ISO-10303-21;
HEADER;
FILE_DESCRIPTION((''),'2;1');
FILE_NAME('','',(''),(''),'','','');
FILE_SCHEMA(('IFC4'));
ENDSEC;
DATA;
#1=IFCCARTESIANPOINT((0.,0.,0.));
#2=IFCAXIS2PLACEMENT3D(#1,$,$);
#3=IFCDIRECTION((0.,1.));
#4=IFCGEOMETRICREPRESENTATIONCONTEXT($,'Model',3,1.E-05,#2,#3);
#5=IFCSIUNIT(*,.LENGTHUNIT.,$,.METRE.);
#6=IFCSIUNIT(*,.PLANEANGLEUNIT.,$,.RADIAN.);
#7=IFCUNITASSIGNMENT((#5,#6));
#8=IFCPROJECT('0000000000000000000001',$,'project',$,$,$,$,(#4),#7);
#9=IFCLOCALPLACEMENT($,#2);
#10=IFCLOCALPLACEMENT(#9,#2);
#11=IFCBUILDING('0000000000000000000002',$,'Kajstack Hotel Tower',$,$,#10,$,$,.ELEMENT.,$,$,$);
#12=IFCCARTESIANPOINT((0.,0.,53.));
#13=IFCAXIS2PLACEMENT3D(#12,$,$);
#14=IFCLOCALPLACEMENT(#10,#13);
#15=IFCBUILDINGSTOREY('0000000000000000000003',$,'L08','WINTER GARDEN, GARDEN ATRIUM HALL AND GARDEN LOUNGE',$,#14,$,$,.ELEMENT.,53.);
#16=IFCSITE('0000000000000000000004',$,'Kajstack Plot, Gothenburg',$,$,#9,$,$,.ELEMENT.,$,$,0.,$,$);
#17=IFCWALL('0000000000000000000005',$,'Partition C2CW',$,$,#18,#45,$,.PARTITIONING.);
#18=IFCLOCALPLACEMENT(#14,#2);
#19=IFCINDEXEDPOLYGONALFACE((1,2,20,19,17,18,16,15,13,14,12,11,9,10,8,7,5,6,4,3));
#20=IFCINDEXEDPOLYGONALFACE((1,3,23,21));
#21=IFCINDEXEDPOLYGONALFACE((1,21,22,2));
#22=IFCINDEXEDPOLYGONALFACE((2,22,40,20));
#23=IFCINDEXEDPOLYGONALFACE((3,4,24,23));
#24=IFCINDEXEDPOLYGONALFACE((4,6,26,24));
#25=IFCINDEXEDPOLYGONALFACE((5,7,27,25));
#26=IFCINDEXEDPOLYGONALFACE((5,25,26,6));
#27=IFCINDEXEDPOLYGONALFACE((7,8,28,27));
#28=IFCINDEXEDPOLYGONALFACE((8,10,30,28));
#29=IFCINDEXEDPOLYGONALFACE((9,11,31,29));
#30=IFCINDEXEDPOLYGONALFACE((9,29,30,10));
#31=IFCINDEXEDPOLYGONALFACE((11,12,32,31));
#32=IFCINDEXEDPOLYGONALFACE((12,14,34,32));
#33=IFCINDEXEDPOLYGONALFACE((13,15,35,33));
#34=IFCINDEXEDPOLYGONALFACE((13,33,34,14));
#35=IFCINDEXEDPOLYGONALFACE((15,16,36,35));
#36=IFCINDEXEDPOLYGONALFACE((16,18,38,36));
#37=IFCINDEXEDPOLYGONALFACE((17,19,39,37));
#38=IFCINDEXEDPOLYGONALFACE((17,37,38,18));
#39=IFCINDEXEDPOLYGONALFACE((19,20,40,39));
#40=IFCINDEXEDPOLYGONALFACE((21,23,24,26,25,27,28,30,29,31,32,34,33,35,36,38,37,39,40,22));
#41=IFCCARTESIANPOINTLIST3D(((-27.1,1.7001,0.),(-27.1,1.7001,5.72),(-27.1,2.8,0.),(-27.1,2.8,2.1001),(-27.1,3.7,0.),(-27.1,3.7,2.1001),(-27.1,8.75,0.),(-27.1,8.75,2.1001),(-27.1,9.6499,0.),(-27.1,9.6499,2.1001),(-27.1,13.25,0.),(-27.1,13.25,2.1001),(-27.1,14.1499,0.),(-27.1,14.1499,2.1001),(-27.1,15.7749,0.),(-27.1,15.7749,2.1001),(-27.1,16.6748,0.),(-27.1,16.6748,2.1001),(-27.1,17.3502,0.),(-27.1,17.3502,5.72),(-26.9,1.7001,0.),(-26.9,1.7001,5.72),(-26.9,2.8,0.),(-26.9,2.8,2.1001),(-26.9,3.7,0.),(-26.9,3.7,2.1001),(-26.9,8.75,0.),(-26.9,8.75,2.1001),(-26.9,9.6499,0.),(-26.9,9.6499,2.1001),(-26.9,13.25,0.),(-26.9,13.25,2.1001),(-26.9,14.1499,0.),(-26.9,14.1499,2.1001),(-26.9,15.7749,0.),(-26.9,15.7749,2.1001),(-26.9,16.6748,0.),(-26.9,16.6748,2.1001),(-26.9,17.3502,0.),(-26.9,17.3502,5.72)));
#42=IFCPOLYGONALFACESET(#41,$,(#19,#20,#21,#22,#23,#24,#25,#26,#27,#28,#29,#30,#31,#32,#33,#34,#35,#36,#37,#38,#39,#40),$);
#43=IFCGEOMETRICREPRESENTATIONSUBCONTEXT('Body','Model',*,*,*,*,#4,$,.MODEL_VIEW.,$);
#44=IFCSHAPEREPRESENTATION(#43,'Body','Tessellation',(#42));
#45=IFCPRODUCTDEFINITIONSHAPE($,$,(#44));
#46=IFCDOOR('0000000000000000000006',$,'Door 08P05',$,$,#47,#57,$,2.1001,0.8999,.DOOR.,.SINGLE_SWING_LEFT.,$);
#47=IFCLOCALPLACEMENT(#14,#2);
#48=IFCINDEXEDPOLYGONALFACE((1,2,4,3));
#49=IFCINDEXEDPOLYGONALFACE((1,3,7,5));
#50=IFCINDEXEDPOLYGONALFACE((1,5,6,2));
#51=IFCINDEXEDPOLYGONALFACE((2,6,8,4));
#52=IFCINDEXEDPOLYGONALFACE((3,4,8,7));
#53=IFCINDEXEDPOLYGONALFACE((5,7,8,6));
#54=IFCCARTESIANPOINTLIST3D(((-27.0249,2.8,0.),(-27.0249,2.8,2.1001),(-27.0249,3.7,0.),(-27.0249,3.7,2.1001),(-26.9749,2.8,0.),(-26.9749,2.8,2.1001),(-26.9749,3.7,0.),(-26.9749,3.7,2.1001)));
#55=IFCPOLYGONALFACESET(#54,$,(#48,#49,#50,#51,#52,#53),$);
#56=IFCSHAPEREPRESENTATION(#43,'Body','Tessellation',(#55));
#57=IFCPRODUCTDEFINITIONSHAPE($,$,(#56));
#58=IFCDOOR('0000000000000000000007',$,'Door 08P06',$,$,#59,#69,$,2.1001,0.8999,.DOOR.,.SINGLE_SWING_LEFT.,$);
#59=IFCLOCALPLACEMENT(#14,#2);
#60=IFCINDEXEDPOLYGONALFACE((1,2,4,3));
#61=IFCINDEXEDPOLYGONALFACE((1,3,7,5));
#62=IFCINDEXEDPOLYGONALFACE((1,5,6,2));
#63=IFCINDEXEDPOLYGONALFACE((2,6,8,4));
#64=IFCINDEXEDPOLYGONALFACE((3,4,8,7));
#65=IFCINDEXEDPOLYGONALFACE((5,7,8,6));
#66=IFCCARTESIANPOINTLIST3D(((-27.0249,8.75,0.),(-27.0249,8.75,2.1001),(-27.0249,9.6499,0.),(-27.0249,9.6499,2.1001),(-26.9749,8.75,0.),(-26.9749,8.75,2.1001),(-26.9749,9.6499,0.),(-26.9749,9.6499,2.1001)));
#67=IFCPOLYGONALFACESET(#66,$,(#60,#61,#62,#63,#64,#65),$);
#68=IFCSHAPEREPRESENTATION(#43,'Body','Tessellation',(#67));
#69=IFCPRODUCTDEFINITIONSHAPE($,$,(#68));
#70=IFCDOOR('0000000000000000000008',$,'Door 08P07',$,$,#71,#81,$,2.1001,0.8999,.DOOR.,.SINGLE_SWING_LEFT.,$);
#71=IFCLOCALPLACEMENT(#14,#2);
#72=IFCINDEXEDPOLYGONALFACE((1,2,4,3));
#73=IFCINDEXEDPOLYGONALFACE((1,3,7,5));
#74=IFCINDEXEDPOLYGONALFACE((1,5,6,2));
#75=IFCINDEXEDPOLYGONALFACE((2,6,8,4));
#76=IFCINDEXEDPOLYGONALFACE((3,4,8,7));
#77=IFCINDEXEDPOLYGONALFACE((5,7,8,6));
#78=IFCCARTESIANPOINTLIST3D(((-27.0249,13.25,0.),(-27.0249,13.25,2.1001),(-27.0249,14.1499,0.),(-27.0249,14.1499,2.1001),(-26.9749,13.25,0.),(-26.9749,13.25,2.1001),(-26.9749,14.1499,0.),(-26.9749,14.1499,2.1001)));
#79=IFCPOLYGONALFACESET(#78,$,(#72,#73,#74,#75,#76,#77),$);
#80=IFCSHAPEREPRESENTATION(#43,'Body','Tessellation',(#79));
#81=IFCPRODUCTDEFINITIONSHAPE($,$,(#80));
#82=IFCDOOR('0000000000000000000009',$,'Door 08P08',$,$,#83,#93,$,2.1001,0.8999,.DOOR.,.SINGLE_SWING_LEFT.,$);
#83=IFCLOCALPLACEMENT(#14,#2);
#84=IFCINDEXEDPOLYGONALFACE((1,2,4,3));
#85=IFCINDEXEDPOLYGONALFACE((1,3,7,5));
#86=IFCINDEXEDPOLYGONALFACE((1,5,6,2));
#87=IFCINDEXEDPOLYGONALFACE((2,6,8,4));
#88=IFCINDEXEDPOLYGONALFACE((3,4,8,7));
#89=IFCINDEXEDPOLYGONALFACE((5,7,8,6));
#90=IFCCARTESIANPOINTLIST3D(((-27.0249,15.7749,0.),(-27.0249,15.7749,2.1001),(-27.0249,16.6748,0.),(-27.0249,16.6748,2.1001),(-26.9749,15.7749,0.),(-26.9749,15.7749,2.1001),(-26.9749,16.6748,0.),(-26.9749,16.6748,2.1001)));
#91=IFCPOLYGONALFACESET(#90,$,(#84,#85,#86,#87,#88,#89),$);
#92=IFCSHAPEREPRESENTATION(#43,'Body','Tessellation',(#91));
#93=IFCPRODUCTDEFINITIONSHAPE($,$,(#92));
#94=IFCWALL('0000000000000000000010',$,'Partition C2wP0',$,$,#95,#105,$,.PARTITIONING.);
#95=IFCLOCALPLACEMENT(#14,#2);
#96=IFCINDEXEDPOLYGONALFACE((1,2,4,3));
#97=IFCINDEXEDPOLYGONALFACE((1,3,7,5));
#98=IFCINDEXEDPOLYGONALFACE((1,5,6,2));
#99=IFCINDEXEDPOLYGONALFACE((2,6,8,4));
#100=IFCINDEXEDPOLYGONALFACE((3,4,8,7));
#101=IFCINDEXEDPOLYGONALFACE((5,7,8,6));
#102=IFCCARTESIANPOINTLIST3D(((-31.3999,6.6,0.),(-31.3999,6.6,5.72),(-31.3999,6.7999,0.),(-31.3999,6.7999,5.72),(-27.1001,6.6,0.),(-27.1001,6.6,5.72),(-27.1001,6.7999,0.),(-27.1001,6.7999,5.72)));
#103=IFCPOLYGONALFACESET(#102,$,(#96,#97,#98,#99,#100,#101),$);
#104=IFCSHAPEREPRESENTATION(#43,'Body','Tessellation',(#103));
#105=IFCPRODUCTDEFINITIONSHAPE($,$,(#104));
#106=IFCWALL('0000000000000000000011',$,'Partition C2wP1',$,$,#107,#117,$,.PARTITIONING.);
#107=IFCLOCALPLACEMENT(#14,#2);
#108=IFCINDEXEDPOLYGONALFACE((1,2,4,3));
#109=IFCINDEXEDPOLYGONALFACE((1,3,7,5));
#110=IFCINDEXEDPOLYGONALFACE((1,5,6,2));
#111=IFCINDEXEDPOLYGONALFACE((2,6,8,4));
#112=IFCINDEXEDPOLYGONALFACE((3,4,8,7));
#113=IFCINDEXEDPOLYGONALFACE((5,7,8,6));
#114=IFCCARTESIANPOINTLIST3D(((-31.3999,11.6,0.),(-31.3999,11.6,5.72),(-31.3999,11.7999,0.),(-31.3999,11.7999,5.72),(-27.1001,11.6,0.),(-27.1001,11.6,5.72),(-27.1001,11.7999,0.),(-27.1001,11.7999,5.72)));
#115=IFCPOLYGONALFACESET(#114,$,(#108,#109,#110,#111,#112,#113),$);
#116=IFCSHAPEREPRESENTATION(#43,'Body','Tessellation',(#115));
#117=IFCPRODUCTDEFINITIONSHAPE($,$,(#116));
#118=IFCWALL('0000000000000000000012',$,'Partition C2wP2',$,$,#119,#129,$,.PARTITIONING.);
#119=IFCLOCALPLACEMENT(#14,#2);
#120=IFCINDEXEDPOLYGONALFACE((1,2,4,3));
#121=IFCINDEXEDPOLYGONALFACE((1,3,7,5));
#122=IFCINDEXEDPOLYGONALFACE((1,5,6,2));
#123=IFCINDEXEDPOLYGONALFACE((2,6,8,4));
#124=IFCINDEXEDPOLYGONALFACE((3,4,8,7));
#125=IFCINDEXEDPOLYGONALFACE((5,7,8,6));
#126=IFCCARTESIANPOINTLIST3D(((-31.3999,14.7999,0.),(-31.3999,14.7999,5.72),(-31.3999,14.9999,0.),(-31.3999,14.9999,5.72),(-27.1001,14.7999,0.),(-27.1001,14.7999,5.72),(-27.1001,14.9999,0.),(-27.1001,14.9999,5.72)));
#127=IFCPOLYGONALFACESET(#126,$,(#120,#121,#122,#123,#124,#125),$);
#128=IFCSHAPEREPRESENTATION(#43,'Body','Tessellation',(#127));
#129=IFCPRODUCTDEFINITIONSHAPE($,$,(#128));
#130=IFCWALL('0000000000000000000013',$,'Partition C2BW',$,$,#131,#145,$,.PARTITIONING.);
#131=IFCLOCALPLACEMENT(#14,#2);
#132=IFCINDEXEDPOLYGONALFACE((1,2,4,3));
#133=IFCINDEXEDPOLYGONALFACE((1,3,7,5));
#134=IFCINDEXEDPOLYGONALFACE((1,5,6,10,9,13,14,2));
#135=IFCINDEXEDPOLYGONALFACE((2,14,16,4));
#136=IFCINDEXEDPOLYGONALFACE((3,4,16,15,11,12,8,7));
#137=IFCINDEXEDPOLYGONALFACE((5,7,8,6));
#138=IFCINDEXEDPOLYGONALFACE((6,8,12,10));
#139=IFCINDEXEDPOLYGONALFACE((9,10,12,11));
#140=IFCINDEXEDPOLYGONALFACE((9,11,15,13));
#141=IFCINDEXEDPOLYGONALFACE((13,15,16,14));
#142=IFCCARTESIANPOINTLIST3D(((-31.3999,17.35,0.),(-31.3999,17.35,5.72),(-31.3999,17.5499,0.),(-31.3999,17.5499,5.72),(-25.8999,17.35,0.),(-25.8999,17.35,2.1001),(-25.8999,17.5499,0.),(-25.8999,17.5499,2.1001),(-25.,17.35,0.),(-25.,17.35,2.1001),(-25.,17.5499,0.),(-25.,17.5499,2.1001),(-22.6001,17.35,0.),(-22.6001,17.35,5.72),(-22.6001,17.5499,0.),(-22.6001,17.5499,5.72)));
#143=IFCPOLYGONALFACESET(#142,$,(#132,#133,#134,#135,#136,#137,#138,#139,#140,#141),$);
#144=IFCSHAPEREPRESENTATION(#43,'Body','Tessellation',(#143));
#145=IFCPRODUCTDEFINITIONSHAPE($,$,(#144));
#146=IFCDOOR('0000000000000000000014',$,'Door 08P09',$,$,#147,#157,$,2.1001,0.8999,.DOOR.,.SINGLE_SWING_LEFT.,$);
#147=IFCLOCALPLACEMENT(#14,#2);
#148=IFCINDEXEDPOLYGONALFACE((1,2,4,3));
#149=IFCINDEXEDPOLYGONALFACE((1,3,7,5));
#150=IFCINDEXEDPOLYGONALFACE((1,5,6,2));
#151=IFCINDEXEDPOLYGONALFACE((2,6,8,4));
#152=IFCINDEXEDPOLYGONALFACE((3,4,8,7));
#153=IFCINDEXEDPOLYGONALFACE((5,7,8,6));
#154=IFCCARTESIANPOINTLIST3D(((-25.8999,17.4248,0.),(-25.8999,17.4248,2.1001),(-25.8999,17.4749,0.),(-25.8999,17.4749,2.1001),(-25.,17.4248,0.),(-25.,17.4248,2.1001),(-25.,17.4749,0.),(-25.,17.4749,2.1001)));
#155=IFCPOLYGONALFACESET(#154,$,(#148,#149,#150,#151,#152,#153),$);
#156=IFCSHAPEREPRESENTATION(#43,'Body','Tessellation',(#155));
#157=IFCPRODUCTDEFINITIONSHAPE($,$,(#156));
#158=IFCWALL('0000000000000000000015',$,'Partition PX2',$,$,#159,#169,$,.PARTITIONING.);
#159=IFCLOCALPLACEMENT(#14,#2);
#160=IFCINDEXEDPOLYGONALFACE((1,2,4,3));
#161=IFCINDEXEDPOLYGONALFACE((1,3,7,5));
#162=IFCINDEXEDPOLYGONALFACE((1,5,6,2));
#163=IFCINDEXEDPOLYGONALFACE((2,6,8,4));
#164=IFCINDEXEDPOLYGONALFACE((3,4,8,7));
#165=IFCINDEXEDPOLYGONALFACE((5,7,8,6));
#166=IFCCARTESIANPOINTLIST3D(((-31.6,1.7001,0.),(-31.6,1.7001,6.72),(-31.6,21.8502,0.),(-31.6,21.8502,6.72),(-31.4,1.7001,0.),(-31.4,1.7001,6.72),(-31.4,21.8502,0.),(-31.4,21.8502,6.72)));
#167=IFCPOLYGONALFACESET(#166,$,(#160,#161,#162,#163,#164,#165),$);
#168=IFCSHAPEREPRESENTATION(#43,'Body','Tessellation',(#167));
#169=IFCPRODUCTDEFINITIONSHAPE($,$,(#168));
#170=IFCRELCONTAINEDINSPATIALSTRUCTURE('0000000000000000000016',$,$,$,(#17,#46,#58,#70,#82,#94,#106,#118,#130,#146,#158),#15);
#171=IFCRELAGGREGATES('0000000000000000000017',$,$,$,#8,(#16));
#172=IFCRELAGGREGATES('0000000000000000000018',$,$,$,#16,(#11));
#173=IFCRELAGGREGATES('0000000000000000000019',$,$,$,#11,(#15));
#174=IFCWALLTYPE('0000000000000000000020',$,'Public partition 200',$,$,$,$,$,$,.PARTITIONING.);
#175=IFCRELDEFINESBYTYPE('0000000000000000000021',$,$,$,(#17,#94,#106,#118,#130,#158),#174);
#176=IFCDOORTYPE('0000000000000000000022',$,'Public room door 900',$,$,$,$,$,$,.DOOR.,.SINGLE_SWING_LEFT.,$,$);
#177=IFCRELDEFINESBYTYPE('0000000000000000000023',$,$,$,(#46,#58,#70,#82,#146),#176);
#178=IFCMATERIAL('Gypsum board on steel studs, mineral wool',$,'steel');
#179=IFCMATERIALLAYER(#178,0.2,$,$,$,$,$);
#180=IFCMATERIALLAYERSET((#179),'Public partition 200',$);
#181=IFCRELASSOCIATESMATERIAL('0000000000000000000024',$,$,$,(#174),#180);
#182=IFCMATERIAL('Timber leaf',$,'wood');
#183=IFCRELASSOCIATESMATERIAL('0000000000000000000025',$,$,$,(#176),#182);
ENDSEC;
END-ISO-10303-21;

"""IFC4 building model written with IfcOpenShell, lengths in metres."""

from ifc_helpers import new_model, si_unit, direction, frame, frame_2d, origin, place, context, subcontext, project, spatial, rectangle, extrude, material, layer, layer_set, type_object, element, fill, save


model = new_model("IFC4")

# Units and contexts
model_context = context("Model", 3, precision=1e-05, world=origin(), true_north=direction((0.0, 1.0)))
body_context = subcontext(model_context, "Body", "Model", "MODEL_VIEW")
ifc_project = project(units=[si_unit("LENGTHUNIT", "METRE"), si_unit("PLANEANGLEUNIT", "RADIAN")], contexts=[model_context])

# Site, building, storey
site_placement = place(None, origin())
site = spatial("IfcSite", under=ifc_project, at=site_placement, Name="Kajstack Plot, Gothenburg", CompositionType="ELEMENT", RefElevation=0.0)
building_placement = place(site_placement, origin())
building = spatial("IfcBuilding", under=site, at=building_placement, Name="Kajstack Hotel Tower", CompositionType="ELEMENT")
storey_placement = place(building_placement, frame((0.0, 0.0, 53.0)))
storey = spatial("IfcBuildingStorey", under=building, at=storey_placement, Name="L08", Description="WINTER GARDEN, GARDEN ATRIUM HALL AND GARDEN LOUNGE", CompositionType="ELEMENT", Elevation=53.0)

# Shared definitions
ifc_material_1 = material(Name="Gypsum board on steel studs, mineral wool", Category="steel")
ifc_layer = layer(ifc_material_1, 0.2)
ifc_layer_set = layer_set([ifc_layer], Name="Public partition 200")
wall_type = type_object("IfcWallType", Name="Public partition 200", PredefinedType="PARTITIONING", material=ifc_layer_set)

# Wall, openings, doors
wall_1_placement = place(storey_placement, frame((-27.0, 1.7, 0.0), z_axis=(0.0, 0.0, 1.0), x_axis=(0.0, 1.0, 0.0)))
wall_1 = element("IfcWall", 1, at=wall_1_placement, inside=storey, type_object=wall_type, Name="Partition C2CW", PredefinedType="PARTITIONING", context=body_context, shape_type="SweptSolid", body=[
    extrude(rectangle(XDim=15.6501, YDim=0.2, at=frame_2d((7.8252, 0.0))), origin(), (0.0, 0.0, 1.0), 5.72),
])
opening_1_placement = place(wall_1_placement, frame((1.1001, 0.0, 0.0)))
opening_1 = element("IfcOpeningElement", 2, at=opening_1_placement, cuts=wall_1, PredefinedType="OPENING", context=body_context, shape_type="SweptSolid", body=[
    extrude(rectangle(XDim=0.8999, YDim=2.1001, at=frame_2d((0.45, 1.05))), frame((0.0, 0.1099, 0.0), z_axis=(0.0, -1.0, 0.0), x_axis=(1.0, 0.0, 0.0)), (0.0, 0.0, 1.0), 0.22),
])
opening_2_placement = place(wall_1_placement, frame((7.05, 0.0, 0.0)))
opening_2 = element("IfcOpeningElement", 3, at=opening_2_placement, cuts=wall_1, PredefinedType="OPENING", context=body_context, shape_type="SweptSolid", body=[
    extrude(rectangle(XDim=0.8999, YDim=2.1001, at=frame_2d((0.45, 1.05))), frame((0.0, 0.1099, 0.0), z_axis=(0.0, -1.0, 0.0), x_axis=(1.0, 0.0, 0.0)), (0.0, 0.0, 1.0), 0.22),
])
opening_3_placement = place(wall_1_placement, frame((11.55, 0.0, 0.0)))
opening_3 = element("IfcOpeningElement", 4, at=opening_3_placement, cuts=wall_1, PredefinedType="OPENING", context=body_context, shape_type="SweptSolid", body=[
    extrude(rectangle(XDim=0.8999, YDim=2.1001, at=frame_2d((0.45, 1.05))), frame((0.0, 0.1099, 0.0), z_axis=(0.0, -1.0, 0.0), x_axis=(1.0, 0.0, 0.0)), (0.0, 0.0, 1.0), 0.22),
])
opening_4_placement = place(wall_1_placement, frame((14.075, 0.0, 0.0)))
opening_4 = element("IfcOpeningElement", 5, at=opening_4_placement, cuts=wall_1, PredefinedType="OPENING", context=body_context, shape_type="SweptSolid", body=[
    extrude(rectangle(XDim=0.8999, YDim=2.1001, at=frame_2d((0.45, 1.05))), frame((0.0, 0.1099, 0.0), z_axis=(0.0, -1.0, 0.0), x_axis=(1.0, 0.0, 0.0)), (0.0, 0.0, 1.0), 0.22),
])
ifc_material_2 = material(Name="Timber leaf", Category="wood")
door_type = type_object("IfcDoorType", Name="Public room door 900", OperationType="SINGLE_SWING_LEFT", PredefinedType="DOOR", material=ifc_material_2)
door_1_placement = place(opening_1_placement, origin())
door_1 = element("IfcDoor", 6, at=door_1_placement, inside=storey, type_object=door_type, Name="Door 08P05", OperationType="SINGLE_SWING_LEFT", OverallHeight=2.1001, OverallWidth=0.8999, PredefinedType="DOOR", context=body_context, shape_type="SweptSolid", body=[
    extrude(rectangle(XDim=0.8999, YDim=2.1001, at=frame_2d((0.45, 1.05))), frame((0.0, 0.0249, 0.0), z_axis=(0.0, -1.0, 0.0), x_axis=(1.0, 0.0, 0.0)), (0.0, 0.0, 1.0), 0.05),
])
fill(opening_1, door_1)
door_2_placement = place(opening_2_placement, origin())
door_2 = element("IfcDoor", 7, at=door_2_placement, inside=storey, type_object=door_type, Name="Door 08P06", OperationType="SINGLE_SWING_LEFT", OverallHeight=2.1001, OverallWidth=0.8999, PredefinedType="DOOR", context=body_context, shape_type="SweptSolid", body=[
    extrude(rectangle(XDim=0.8999, YDim=2.1001, at=frame_2d((0.45, 1.05))), frame((0.0, 0.0249, 0.0), z_axis=(0.0, -1.0, 0.0), x_axis=(1.0, 0.0, 0.0)), (0.0, 0.0, 1.0), 0.05),
])
fill(opening_2, door_2)
door_3_placement = place(opening_3_placement, origin())
door_3 = element("IfcDoor", 8, at=door_3_placement, inside=storey, type_object=door_type, Name="Door 08P07", OperationType="SINGLE_SWING_LEFT", OverallHeight=2.1001, OverallWidth=0.8999, PredefinedType="DOOR", context=body_context, shape_type="SweptSolid", body=[
    extrude(rectangle(XDim=0.8999, YDim=2.1001, at=frame_2d((0.45, 1.05))), frame((0.0, 0.0249, 0.0), z_axis=(0.0, -1.0, 0.0), x_axis=(1.0, 0.0, 0.0)), (0.0, 0.0, 1.0), 0.05),
])
fill(opening_3, door_3)
door_4_placement = place(opening_4_placement, origin())
door_4 = element("IfcDoor", 9, at=door_4_placement, inside=storey, type_object=door_type, Name="Door 08P08", OperationType="SINGLE_SWING_LEFT", OverallHeight=2.1001, OverallWidth=0.8999, PredefinedType="DOOR", context=body_context, shape_type="SweptSolid", body=[
    extrude(rectangle(XDim=0.8999, YDim=2.1001, at=frame_2d((0.45, 1.05))), frame((0.0, 0.0249, 0.0), z_axis=(0.0, -1.0, 0.0), x_axis=(1.0, 0.0, 0.0)), (0.0, 0.0, 1.0), 0.05),
])
fill(opening_4, door_4)

# Walls
for number, where, z_axis, x_axis, name in (
    (10, (-31.3999, 6.7, 0.0), (0.0, 0.0, 1.0), (1.0, 0.0, 0.0), "Partition C2wP0"),
    (11, (-31.3999, 11.7, 0.0), (0.0, 0.0, 1.0), (1.0, 0.0, 0.0), "Partition C2wP1"),
    (12, (-31.3999, 14.8999, 0.0), (0.0, 0.0, 1.0), (1.0, 0.0, 0.0), "Partition C2wP2"),
):
    element("IfcWall", number, at=place(storey_placement, frame(where, z_axis=z_axis, x_axis=x_axis)), inside=storey, type_object=wall_type, Name=name, PredefinedType="PARTITIONING", context=body_context, shape_type="SweptSolid", body=[
        extrude(rectangle(XDim=4.2998, YDim=0.2, at=frame_2d((2.1499, 0.0))), origin(), (0.0, 0.0, 1.0), 5.72),
    ])

# Wall, opening, door
wall_2_placement = place(storey_placement, frame((-31.3999, 17.45, 0.0), z_axis=(0.0, 0.0, 1.0), x_axis=(1.0, 0.0, 0.0)))
wall_2 = element("IfcWall", 13, at=wall_2_placement, inside=storey, type_object=wall_type, Name="Partition C2BW", PredefinedType="PARTITIONING", context=body_context, shape_type="SweptSolid", body=[
    extrude(rectangle(XDim=8.7998, YDim=0.2, at=frame_2d((4.3999, 0.0))), origin(), (0.0, 0.0, 1.0), 5.72),
])
opening_5_placement = place(wall_2_placement, frame((5.5, 0.0, 0.0)))
opening_5 = element("IfcOpeningElement", 14, at=opening_5_placement, cuts=wall_2, PredefinedType="OPENING", context=body_context, shape_type="SweptSolid", body=[
    extrude(rectangle(XDim=0.8999, YDim=2.1001, at=frame_2d((0.45, 1.05))), frame((0.0, 0.1099, 0.0), z_axis=(0.0, -1.0, 0.0), x_axis=(1.0, 0.0, 0.0)), (0.0, 0.0, 1.0), 0.22),
])
door_5_placement = place(opening_5_placement, origin())
door_5 = element("IfcDoor", 15, at=door_5_placement, inside=storey, type_object=door_type, Name="Door 08P09", OperationType="SINGLE_SWING_LEFT", OverallHeight=2.1001, OverallWidth=0.8999, PredefinedType="DOOR", context=body_context, shape_type="SweptSolid", body=[
    extrude(rectangle(XDim=0.8999, YDim=2.1001, at=frame_2d((0.45, 1.05))), frame((0.0, 0.0249, 0.0), z_axis=(0.0, -1.0, 0.0), x_axis=(1.0, 0.0, 0.0)), (0.0, 0.0, 1.0), 0.05),
])
fill(opening_5, door_5)

# Wall
wall_3_placement = place(storey_placement, frame((-31.5, 1.7, 0.0), z_axis=(0.0, 0.0, 1.0), x_axis=(0.0, 1.0, 0.0)))
element("IfcWall", 16, at=wall_3_placement, inside=storey, type_object=wall_type, Name="Partition PX2", PredefinedType="PARTITIONING", context=body_context, shape_type="SweptSolid", body=[
    extrude(rectangle(XDim=20.1501, YDim=0.2, at=frame_2d((10.0752, 0.0))), origin(), (0.0, 0.0, 1.0), 6.72),
])

save(model, "model.ifc")
